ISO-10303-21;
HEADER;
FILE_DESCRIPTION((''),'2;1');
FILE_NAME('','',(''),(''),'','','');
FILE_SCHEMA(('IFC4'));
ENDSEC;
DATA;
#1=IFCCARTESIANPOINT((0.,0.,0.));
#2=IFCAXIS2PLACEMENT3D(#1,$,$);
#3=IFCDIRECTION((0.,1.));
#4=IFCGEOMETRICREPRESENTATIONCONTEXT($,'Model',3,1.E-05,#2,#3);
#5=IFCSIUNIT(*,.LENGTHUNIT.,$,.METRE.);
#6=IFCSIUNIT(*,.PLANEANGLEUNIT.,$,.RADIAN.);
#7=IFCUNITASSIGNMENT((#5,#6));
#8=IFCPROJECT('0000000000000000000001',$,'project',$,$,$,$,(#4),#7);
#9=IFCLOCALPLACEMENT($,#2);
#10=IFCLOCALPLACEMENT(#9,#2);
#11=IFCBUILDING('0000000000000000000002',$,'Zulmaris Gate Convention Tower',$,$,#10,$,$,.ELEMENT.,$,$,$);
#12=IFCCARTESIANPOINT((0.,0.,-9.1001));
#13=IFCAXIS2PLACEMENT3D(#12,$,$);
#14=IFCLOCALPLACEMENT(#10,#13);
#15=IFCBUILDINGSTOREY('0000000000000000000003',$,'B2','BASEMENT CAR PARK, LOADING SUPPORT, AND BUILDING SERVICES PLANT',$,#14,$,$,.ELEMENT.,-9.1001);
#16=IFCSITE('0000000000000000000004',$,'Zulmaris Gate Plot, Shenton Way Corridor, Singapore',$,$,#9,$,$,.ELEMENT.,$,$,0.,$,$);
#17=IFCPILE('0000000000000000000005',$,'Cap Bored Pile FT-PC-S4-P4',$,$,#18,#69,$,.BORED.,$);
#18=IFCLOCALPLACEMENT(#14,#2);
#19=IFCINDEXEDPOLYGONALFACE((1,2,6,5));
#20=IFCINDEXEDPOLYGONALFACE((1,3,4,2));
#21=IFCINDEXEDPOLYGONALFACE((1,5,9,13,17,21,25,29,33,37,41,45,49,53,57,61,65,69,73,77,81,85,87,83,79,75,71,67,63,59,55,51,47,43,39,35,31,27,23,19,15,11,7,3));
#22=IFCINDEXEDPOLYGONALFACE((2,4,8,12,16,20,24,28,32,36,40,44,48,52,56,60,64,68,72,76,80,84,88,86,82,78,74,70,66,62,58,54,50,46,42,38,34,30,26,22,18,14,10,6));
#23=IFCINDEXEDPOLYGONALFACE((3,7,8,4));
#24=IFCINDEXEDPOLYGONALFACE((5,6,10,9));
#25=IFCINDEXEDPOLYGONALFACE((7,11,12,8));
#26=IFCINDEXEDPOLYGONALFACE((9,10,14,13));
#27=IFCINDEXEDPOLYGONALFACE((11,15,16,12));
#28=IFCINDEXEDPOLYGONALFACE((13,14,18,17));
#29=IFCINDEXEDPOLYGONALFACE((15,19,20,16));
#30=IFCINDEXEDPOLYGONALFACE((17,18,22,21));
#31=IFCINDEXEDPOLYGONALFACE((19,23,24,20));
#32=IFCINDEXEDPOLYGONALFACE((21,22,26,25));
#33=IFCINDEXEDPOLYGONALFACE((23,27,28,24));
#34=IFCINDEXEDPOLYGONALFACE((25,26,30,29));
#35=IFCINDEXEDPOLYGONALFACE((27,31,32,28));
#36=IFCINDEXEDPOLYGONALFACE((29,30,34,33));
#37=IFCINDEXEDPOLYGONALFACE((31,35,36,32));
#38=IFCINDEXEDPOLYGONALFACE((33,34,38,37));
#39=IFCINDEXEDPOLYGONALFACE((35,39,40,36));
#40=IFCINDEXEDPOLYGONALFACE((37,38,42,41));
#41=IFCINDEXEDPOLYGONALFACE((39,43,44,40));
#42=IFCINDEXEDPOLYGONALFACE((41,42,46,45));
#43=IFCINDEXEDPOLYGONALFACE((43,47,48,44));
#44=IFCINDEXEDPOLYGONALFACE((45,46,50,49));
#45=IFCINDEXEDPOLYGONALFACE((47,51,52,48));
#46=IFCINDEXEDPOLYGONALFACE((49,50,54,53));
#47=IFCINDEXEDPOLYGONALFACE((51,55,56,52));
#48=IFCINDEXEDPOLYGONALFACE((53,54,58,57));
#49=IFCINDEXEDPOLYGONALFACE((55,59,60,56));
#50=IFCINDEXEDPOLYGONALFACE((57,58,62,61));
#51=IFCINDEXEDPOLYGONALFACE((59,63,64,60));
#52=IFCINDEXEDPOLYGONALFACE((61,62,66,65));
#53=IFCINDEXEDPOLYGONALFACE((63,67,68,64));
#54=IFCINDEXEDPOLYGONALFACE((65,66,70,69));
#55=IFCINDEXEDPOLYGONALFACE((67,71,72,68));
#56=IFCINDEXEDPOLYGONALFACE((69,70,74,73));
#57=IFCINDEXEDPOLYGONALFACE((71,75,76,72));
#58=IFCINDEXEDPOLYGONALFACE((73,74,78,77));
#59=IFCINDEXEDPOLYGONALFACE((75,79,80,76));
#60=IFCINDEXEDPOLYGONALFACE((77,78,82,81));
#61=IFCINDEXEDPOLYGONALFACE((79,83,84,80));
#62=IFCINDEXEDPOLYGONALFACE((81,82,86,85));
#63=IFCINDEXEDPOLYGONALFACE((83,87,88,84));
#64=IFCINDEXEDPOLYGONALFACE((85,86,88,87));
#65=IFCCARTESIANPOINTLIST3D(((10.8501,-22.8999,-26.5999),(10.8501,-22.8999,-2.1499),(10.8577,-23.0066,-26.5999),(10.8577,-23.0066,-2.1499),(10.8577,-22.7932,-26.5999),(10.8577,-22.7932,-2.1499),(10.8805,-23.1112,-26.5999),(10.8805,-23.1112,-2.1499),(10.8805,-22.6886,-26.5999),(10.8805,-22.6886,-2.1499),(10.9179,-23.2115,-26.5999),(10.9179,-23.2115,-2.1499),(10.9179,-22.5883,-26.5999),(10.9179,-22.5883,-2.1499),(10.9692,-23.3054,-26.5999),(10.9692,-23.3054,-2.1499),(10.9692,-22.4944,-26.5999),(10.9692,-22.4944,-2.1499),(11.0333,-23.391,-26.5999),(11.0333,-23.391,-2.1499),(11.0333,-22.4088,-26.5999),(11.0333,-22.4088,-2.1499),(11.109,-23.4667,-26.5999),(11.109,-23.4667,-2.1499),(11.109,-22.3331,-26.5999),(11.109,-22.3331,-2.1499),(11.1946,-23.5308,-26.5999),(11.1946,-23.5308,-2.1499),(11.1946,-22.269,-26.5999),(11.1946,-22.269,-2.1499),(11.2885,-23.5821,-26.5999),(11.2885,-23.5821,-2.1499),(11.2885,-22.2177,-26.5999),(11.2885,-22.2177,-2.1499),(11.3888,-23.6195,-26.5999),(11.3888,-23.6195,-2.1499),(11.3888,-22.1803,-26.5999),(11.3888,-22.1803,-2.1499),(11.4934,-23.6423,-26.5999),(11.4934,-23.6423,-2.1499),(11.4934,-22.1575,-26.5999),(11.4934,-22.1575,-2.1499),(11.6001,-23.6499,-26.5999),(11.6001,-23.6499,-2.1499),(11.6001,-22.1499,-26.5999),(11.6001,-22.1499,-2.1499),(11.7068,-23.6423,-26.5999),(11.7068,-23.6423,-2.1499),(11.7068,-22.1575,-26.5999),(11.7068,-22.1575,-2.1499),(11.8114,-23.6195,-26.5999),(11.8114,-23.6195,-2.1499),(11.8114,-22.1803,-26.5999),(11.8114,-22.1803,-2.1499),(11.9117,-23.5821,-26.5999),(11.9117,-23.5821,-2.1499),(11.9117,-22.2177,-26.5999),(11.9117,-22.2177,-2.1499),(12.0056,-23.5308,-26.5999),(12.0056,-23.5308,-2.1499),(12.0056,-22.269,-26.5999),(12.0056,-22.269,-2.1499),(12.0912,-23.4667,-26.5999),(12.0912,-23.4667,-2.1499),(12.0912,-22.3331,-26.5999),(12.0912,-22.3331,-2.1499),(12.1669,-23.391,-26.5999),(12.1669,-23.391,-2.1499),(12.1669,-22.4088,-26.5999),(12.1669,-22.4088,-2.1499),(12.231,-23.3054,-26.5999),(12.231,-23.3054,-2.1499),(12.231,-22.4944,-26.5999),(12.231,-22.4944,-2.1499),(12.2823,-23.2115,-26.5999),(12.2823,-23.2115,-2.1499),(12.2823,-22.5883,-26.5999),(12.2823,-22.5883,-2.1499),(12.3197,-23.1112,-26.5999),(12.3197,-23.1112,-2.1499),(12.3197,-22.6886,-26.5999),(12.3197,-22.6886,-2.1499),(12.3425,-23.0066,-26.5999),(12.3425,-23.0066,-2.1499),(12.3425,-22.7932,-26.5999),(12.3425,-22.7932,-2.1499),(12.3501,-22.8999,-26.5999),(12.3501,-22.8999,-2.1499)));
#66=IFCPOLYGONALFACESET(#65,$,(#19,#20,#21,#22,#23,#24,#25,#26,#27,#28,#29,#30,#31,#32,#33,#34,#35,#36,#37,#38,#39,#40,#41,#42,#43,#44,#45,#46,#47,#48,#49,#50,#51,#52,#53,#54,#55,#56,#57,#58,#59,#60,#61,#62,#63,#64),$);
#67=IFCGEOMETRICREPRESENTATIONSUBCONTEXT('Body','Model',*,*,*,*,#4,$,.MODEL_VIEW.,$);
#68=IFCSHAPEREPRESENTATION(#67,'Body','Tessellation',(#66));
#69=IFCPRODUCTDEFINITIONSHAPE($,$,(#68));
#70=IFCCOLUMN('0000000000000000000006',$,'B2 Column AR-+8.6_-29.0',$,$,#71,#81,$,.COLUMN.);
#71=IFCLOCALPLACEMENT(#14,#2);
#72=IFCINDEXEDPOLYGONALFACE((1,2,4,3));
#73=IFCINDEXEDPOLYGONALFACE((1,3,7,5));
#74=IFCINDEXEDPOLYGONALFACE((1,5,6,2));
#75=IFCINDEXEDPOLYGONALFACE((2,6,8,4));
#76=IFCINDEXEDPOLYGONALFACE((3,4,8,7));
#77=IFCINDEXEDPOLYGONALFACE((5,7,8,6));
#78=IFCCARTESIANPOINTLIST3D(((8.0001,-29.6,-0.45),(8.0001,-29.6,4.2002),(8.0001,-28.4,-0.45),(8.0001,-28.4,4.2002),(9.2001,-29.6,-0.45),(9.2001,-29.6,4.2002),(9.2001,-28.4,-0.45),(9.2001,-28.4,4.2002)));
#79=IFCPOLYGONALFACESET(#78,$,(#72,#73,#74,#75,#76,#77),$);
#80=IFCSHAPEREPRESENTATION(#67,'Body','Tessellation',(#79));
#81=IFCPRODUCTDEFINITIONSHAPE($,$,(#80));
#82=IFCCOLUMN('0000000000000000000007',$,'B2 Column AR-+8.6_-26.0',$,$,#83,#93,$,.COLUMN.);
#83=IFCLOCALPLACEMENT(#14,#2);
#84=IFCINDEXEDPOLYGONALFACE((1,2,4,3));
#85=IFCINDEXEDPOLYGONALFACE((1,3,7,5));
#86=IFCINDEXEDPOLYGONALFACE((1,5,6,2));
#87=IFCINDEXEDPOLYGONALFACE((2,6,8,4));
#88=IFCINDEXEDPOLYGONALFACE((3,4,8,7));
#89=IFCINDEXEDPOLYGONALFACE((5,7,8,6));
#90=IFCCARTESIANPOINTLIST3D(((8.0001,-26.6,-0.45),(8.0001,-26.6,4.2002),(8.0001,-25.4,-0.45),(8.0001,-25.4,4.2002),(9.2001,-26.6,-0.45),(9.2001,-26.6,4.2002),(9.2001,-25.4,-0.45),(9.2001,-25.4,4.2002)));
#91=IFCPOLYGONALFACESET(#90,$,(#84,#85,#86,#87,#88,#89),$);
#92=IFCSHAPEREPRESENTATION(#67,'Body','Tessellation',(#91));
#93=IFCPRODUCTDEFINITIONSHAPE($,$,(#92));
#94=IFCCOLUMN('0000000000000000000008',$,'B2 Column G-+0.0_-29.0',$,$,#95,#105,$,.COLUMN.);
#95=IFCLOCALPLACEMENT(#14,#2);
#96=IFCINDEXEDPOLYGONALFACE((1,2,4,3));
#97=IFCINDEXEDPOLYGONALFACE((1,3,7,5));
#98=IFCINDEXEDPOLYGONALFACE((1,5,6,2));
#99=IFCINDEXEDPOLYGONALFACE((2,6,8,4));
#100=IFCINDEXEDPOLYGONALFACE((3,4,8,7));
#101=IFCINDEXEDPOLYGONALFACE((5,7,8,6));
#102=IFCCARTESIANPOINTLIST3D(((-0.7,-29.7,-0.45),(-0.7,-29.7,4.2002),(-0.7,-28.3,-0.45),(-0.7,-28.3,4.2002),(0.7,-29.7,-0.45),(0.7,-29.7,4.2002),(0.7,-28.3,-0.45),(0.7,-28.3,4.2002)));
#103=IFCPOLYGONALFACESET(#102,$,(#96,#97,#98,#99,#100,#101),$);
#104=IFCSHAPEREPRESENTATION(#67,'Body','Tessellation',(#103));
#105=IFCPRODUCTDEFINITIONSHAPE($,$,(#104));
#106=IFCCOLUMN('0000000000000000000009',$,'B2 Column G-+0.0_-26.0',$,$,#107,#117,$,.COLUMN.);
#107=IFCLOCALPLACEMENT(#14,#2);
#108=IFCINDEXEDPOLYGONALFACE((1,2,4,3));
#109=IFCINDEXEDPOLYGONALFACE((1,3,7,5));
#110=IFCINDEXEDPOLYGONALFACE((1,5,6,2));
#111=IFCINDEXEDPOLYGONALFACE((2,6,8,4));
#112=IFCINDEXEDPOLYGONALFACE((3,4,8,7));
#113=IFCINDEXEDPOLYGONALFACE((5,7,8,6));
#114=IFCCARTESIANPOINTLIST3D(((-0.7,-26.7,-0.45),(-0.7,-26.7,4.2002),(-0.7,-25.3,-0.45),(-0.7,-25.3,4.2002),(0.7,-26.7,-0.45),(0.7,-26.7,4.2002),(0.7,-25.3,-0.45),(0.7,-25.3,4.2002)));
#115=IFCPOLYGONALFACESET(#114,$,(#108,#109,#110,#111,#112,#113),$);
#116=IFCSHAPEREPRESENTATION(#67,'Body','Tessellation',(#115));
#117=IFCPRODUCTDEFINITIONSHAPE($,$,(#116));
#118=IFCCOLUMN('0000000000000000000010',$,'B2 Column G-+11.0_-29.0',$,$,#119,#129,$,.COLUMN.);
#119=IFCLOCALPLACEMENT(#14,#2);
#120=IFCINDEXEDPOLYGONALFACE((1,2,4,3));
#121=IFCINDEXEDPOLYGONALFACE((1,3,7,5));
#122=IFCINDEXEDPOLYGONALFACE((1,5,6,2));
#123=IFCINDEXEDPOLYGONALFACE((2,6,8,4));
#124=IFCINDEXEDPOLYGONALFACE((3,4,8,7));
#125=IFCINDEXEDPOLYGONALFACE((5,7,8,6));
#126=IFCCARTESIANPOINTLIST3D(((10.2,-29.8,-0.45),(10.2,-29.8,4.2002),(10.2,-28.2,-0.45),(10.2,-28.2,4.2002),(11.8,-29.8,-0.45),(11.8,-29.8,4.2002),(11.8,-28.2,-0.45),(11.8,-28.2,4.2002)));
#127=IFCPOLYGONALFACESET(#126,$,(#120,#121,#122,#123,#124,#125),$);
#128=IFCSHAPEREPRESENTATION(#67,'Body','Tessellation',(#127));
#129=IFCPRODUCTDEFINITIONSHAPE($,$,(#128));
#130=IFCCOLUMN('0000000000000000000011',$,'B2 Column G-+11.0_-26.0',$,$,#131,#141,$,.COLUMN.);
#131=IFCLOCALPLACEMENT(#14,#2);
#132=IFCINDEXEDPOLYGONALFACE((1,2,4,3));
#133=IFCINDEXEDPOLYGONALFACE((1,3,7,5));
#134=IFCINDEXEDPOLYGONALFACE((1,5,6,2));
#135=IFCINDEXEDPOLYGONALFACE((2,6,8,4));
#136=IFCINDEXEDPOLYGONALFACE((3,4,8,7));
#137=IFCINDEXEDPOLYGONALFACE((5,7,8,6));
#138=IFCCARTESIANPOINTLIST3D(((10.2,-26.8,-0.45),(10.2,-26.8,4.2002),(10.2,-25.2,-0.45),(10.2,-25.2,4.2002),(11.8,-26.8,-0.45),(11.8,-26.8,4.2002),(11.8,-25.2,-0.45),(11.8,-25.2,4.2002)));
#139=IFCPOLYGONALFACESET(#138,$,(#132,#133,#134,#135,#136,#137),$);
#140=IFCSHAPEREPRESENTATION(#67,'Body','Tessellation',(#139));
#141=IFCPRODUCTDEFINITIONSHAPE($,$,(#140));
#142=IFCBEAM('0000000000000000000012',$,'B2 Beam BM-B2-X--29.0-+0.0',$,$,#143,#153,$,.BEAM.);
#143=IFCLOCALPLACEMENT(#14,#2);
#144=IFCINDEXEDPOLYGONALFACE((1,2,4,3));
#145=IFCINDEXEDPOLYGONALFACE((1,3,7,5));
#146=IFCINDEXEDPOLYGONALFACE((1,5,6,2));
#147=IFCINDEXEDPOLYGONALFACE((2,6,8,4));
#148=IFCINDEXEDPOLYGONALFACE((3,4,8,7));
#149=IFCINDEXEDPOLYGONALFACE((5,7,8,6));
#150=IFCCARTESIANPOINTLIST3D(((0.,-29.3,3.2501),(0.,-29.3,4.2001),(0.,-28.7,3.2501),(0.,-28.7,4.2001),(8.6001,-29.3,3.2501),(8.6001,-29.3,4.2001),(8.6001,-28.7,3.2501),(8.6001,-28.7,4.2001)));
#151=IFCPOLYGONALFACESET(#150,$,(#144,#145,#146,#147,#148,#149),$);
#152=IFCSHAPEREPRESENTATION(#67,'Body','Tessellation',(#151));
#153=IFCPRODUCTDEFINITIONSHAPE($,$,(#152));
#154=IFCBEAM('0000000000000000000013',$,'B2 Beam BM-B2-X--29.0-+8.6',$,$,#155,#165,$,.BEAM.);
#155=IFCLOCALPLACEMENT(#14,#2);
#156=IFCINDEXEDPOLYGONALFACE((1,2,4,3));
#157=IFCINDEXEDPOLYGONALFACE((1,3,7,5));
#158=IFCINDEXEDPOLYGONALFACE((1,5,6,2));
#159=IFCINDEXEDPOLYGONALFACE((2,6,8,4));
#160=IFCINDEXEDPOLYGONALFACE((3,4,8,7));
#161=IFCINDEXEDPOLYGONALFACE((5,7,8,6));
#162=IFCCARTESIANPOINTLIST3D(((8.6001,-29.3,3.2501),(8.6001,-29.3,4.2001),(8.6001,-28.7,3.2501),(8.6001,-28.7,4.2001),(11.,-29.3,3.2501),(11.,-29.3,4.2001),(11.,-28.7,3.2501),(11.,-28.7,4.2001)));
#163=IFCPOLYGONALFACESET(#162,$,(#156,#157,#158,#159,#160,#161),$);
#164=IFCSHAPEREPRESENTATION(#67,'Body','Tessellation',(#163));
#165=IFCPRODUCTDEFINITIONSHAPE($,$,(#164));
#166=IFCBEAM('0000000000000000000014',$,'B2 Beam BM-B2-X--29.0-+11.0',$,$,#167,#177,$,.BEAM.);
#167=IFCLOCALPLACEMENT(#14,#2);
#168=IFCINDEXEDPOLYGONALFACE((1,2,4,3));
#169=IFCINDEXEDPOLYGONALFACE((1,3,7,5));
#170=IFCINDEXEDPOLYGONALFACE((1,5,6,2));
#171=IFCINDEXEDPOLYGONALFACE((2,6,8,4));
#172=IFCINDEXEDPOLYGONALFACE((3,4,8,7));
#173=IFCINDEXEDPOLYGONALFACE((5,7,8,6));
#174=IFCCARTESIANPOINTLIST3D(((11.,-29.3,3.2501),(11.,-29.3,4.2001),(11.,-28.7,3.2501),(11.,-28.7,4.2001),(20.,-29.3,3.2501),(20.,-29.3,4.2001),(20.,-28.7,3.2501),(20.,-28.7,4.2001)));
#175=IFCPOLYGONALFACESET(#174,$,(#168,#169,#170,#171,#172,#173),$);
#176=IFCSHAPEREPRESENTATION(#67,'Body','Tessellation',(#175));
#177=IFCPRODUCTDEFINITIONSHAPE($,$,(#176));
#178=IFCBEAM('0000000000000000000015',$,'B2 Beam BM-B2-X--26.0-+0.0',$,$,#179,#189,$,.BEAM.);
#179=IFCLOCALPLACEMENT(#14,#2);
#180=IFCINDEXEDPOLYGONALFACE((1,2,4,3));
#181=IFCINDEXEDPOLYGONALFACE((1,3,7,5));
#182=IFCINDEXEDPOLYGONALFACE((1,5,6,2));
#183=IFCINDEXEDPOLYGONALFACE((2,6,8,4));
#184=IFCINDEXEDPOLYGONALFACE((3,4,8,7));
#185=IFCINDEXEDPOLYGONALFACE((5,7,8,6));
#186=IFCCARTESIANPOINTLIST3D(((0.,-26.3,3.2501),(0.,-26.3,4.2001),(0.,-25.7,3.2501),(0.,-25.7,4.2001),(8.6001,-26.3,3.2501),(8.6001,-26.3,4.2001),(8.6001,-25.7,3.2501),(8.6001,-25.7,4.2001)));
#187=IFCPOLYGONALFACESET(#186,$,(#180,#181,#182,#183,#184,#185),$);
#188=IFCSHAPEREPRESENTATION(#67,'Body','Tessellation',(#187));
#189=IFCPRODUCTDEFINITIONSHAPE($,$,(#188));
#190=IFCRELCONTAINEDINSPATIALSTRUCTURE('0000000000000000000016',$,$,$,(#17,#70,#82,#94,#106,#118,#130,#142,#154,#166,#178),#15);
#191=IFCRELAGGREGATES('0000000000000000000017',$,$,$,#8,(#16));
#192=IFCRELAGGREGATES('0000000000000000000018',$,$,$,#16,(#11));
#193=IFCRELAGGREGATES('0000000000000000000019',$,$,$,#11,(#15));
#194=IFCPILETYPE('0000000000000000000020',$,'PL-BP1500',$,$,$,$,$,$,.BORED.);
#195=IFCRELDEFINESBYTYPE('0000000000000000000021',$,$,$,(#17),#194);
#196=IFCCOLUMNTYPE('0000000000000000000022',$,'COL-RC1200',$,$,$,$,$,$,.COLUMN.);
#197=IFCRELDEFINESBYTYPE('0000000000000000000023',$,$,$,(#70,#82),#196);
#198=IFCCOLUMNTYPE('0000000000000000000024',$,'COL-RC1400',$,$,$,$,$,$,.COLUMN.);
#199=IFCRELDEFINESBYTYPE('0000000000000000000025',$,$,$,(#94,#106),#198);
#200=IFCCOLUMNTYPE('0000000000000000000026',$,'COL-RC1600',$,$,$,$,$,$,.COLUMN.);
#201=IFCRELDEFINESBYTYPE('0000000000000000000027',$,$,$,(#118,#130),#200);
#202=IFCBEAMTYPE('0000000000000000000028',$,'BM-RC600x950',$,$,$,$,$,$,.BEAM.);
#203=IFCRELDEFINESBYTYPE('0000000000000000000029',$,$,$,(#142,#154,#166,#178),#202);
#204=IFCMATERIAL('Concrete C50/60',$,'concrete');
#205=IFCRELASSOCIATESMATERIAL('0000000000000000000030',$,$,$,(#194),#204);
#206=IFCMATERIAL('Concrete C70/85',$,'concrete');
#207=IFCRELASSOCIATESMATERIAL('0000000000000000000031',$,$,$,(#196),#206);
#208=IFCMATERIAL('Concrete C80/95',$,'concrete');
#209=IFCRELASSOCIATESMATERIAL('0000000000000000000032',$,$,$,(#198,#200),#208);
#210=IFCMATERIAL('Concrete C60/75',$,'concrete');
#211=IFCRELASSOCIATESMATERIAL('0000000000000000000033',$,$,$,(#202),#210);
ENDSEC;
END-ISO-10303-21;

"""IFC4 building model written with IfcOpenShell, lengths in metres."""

from ifc_helpers import new_model, si_unit, direction, frame, origin, origin_2d, place, context, subcontext, project, spatial, rectangle, circle, extrude, material, material_profile, profile_set, type_object, element, save


model = new_model("IFC4")

# Units and contexts
model_context = context("Model", 3, precision=1e-05, world=origin(), true_north=direction((0.0, 1.0)))
body_context = subcontext(model_context, "Body", "Model", "MODEL_VIEW")
ifc_project = project(units=[si_unit("LENGTHUNIT", "METRE"), si_unit("PLANEANGLEUNIT", "RADIAN")], contexts=[model_context])

# Site, building, storey
site_placement = place(None, origin())
site = spatial("IfcSite", under=ifc_project, at=site_placement, Name="Zulmaris Gate Plot, Shenton Way Corridor, Singapore", CompositionType="ELEMENT", RefElevation=0.0)
building_placement = place(site_placement, origin())
building = spatial("IfcBuilding", under=site, at=building_placement, Name="Zulmaris Gate Convention Tower", CompositionType="ELEMENT")
storey_placement = place(building_placement, frame((0.0, 0.0, -9.1001)))
storey = spatial("IfcBuildingStorey", under=building, at=storey_placement, Name="B2", Description="BASEMENT CAR PARK, LOADING SUPPORT, AND BUILDING SERVICES PLANT", CompositionType="ELEMENT", Elevation=-9.1001)

# Pile
ifc_material_1 = material(Name="Concrete C50/60", Category="concrete")
ifc_material_profile_1 = material_profile(ifc_material_1, circle(Radius=0.75, at=origin_2d()), Name="BORED PILE 1500")
ifc_profile_set_1 = profile_set([ifc_material_profile_1], Name="Concrete C50/60")
pile_type = type_object("IfcPileType", Name="PL-BP1500", PredefinedType="BORED", material=ifc_profile_set_1)
for number, where, z_axis, x_axis, name in (
    (1, (11.6001, -22.8999, -2.1499), (0.0, 0.0, -1.0), (1.0, 0.0, 0.0), "Cap Bored Pile FT-PC-S4-P4"),
):
    element("IfcPile", number, at=place(storey_placement, frame(where, z_axis=z_axis, x_axis=x_axis)), inside=storey, type_object=pile_type, Name=name, PredefinedType="BORED", context=body_context, shape_type="SweptSolid", body=[
        extrude(circle(Radius=0.75, at=origin_2d()), origin(), (0.0, 0.0, 1.0), 24.45),
    ])

# Columns
ifc_material_2 = material(Name="Concrete C70/85", Category="concrete")
ifc_material_profile_2 = material_profile(ifc_material_2, rectangle(XDim=1.2, YDim=1.2, at=origin_2d()), Name="RC COL 1200x1200")
ifc_profile_set_2 = profile_set([ifc_material_profile_2], Name="Concrete C70/85")
column_type_1 = type_object("IfcColumnType", Name="COL-RC1200", PredefinedType="COLUMN", material=ifc_profile_set_2)
for number, where, z_axis, x_axis, name in (
    (2, (8.6001, -29.0, -0.45), (0.0, 0.0, 1.0), (1.0, 0.0, 0.0), "B2 Column AR-+8.6_-29.0"),
    (3, (8.6001, -26.0, -0.45), (0.0, 0.0, 1.0), (1.0, 0.0, 0.0), "B2 Column AR-+8.6_-26.0"),
):
    element("IfcColumn", number, at=place(storey_placement, frame(where, z_axis=z_axis, x_axis=x_axis)), inside=storey, type_object=column_type_1, Name=name, PredefinedType="COLUMN", context=body_context, shape_type="SweptSolid", body=[
        extrude(rectangle(XDim=1.2, YDim=1.2, at=origin_2d()), origin(), (0.0, 0.0, 1.0), 4.6501),
    ])
ifc_material_3 = material(Name="Concrete C80/95", Category="concrete")
ifc_material_profile_3 = material_profile(ifc_material_3, rectangle(XDim=1.3999, YDim=1.3999, at=origin_2d()), Name="RC COL 1400x1400")
ifc_profile_set_3 = profile_set([ifc_material_profile_3], Name="Concrete C80/95")
column_type_2 = type_object("IfcColumnType", Name="COL-RC1400", PredefinedType="COLUMN", material=ifc_profile_set_3)
for number, where, z_axis, x_axis, name in (
    (4, (0.0, -29.0, -0.45), (0.0, 0.0, 1.0), (1.0, 0.0, 0.0), "B2 Column G-+0.0_-29.0"),
    (5, (0.0, -26.0, -0.45), (0.0, 0.0, 1.0), (1.0, 0.0, 0.0), "B2 Column G-+0.0_-26.0"),
):
    element("IfcColumn", number, at=place(storey_placement, frame(where, z_axis=z_axis, x_axis=x_axis)), inside=storey, type_object=column_type_2, Name=name, PredefinedType="COLUMN", context=body_context, shape_type="SweptSolid", body=[
        extrude(rectangle(XDim=1.3999, YDim=1.3999, at=origin_2d()), origin(), (0.0, 0.0, 1.0), 4.6501),
    ])
ifc_material_profile_4 = material_profile(ifc_material_3, rectangle(XDim=1.6001, YDim=1.6001, at=origin_2d()), Name="RC COL 1600x1600")
ifc_profile_set_4 = profile_set([ifc_material_profile_4], Name="Concrete C80/95")
column_type_3 = type_object("IfcColumnType", Name="COL-RC1600", PredefinedType="COLUMN", material=ifc_profile_set_4)
for number, where, z_axis, x_axis, name in (
    (6, (11.0, -29.0, -0.45), (0.0, 0.0, 1.0), (1.0, 0.0, 0.0), "B2 Column G-+11.0_-29.0"),
    (7, (11.0, -26.0, -0.45), (0.0, 0.0, 1.0), (1.0, 0.0, 0.0), "B2 Column G-+11.0_-26.0"),
):
    element("IfcColumn", number, at=place(storey_placement, frame(where, z_axis=z_axis, x_axis=x_axis)), inside=storey, type_object=column_type_3, Name=name, PredefinedType="COLUMN", context=body_context, shape_type="SweptSolid", body=[
        extrude(rectangle(XDim=1.6001, YDim=1.6001, at=origin_2d()), origin(), (0.0, 0.0, 1.0), 4.6501),
    ])

# Beams
ifc_material_4 = material(Name="Concrete C60/75", Category="concrete")
ifc_material_profile_5 = material_profile(ifc_material_4, rectangle(XDim=0.6001, YDim=0.95, at=origin_2d()), Name="RC BEAM 600x950")
ifc_profile_set_5 = profile_set([ifc_material_profile_5], Name="Concrete C60/75")
beam_type = type_object("IfcBeamType", Name="BM-RC600x950", PredefinedType="BEAM", material=ifc_profile_set_5)
beam_1_placement = place(storey_placement, frame((0.0, -29.0, 3.7251), z_axis=(1.0, 0.0, 0.0), x_axis=(0.0, 1.0, 0.0)))
element("IfcBeam", 8, at=beam_1_placement, inside=storey, type_object=beam_type, Name="B2 Beam BM-B2-X--29.0-+0.0", PredefinedType="BEAM", context=body_context, shape_type="SweptSolid", body=[
    extrude(rectangle(XDim=0.6001, YDim=0.95, at=origin_2d()), origin(), (0.0, 0.0, 1.0), 8.6001),
])
beam_2_placement = place(storey_placement, frame((8.6001, -29.0, 3.7251), z_axis=(1.0, 0.0, 0.0), x_axis=(0.0, 1.0, 0.0)))
element("IfcBeam", 9, at=beam_2_placement, inside=storey, type_object=beam_type, Name="B2 Beam BM-B2-X--29.0-+8.6", PredefinedType="BEAM", context=body_context, shape_type="SweptSolid", body=[
    extrude(rectangle(XDim=0.6001, YDim=0.95, at=origin_2d()), origin(), (0.0, 0.0, 1.0), 2.3999),
])
beam_3_placement = place(storey_placement, frame((11.0, -29.0, 3.7251), z_axis=(1.0, 0.0, 0.0), x_axis=(0.0, 1.0, 0.0)))
element("IfcBeam", 10, at=beam_3_placement, inside=storey, type_object=beam_type, Name="B2 Beam BM-B2-X--29.0-+11.0", PredefinedType="BEAM", context=body_context, shape_type="SweptSolid", body=[
    extrude(rectangle(XDim=0.6001, YDim=0.95, at=origin_2d()), origin(), (0.0, 0.0, 1.0), 9.0),
])
beam_4_placement = place(storey_placement, frame((0.0, -26.0, 3.7251), z_axis=(1.0, 0.0, 0.0), x_axis=(0.0, 1.0, 0.0)))
element("IfcBeam", 11, at=beam_4_placement, inside=storey, type_object=beam_type, Name="B2 Beam BM-B2-X--26.0-+0.0", PredefinedType="BEAM", context=body_context, shape_type="SweptSolid", body=[
    extrude(rectangle(XDim=0.6001, YDim=0.95, at=origin_2d()), origin(), (0.0, 0.0, 1.0), 8.6001),
])

save(model, "model.ifc")
